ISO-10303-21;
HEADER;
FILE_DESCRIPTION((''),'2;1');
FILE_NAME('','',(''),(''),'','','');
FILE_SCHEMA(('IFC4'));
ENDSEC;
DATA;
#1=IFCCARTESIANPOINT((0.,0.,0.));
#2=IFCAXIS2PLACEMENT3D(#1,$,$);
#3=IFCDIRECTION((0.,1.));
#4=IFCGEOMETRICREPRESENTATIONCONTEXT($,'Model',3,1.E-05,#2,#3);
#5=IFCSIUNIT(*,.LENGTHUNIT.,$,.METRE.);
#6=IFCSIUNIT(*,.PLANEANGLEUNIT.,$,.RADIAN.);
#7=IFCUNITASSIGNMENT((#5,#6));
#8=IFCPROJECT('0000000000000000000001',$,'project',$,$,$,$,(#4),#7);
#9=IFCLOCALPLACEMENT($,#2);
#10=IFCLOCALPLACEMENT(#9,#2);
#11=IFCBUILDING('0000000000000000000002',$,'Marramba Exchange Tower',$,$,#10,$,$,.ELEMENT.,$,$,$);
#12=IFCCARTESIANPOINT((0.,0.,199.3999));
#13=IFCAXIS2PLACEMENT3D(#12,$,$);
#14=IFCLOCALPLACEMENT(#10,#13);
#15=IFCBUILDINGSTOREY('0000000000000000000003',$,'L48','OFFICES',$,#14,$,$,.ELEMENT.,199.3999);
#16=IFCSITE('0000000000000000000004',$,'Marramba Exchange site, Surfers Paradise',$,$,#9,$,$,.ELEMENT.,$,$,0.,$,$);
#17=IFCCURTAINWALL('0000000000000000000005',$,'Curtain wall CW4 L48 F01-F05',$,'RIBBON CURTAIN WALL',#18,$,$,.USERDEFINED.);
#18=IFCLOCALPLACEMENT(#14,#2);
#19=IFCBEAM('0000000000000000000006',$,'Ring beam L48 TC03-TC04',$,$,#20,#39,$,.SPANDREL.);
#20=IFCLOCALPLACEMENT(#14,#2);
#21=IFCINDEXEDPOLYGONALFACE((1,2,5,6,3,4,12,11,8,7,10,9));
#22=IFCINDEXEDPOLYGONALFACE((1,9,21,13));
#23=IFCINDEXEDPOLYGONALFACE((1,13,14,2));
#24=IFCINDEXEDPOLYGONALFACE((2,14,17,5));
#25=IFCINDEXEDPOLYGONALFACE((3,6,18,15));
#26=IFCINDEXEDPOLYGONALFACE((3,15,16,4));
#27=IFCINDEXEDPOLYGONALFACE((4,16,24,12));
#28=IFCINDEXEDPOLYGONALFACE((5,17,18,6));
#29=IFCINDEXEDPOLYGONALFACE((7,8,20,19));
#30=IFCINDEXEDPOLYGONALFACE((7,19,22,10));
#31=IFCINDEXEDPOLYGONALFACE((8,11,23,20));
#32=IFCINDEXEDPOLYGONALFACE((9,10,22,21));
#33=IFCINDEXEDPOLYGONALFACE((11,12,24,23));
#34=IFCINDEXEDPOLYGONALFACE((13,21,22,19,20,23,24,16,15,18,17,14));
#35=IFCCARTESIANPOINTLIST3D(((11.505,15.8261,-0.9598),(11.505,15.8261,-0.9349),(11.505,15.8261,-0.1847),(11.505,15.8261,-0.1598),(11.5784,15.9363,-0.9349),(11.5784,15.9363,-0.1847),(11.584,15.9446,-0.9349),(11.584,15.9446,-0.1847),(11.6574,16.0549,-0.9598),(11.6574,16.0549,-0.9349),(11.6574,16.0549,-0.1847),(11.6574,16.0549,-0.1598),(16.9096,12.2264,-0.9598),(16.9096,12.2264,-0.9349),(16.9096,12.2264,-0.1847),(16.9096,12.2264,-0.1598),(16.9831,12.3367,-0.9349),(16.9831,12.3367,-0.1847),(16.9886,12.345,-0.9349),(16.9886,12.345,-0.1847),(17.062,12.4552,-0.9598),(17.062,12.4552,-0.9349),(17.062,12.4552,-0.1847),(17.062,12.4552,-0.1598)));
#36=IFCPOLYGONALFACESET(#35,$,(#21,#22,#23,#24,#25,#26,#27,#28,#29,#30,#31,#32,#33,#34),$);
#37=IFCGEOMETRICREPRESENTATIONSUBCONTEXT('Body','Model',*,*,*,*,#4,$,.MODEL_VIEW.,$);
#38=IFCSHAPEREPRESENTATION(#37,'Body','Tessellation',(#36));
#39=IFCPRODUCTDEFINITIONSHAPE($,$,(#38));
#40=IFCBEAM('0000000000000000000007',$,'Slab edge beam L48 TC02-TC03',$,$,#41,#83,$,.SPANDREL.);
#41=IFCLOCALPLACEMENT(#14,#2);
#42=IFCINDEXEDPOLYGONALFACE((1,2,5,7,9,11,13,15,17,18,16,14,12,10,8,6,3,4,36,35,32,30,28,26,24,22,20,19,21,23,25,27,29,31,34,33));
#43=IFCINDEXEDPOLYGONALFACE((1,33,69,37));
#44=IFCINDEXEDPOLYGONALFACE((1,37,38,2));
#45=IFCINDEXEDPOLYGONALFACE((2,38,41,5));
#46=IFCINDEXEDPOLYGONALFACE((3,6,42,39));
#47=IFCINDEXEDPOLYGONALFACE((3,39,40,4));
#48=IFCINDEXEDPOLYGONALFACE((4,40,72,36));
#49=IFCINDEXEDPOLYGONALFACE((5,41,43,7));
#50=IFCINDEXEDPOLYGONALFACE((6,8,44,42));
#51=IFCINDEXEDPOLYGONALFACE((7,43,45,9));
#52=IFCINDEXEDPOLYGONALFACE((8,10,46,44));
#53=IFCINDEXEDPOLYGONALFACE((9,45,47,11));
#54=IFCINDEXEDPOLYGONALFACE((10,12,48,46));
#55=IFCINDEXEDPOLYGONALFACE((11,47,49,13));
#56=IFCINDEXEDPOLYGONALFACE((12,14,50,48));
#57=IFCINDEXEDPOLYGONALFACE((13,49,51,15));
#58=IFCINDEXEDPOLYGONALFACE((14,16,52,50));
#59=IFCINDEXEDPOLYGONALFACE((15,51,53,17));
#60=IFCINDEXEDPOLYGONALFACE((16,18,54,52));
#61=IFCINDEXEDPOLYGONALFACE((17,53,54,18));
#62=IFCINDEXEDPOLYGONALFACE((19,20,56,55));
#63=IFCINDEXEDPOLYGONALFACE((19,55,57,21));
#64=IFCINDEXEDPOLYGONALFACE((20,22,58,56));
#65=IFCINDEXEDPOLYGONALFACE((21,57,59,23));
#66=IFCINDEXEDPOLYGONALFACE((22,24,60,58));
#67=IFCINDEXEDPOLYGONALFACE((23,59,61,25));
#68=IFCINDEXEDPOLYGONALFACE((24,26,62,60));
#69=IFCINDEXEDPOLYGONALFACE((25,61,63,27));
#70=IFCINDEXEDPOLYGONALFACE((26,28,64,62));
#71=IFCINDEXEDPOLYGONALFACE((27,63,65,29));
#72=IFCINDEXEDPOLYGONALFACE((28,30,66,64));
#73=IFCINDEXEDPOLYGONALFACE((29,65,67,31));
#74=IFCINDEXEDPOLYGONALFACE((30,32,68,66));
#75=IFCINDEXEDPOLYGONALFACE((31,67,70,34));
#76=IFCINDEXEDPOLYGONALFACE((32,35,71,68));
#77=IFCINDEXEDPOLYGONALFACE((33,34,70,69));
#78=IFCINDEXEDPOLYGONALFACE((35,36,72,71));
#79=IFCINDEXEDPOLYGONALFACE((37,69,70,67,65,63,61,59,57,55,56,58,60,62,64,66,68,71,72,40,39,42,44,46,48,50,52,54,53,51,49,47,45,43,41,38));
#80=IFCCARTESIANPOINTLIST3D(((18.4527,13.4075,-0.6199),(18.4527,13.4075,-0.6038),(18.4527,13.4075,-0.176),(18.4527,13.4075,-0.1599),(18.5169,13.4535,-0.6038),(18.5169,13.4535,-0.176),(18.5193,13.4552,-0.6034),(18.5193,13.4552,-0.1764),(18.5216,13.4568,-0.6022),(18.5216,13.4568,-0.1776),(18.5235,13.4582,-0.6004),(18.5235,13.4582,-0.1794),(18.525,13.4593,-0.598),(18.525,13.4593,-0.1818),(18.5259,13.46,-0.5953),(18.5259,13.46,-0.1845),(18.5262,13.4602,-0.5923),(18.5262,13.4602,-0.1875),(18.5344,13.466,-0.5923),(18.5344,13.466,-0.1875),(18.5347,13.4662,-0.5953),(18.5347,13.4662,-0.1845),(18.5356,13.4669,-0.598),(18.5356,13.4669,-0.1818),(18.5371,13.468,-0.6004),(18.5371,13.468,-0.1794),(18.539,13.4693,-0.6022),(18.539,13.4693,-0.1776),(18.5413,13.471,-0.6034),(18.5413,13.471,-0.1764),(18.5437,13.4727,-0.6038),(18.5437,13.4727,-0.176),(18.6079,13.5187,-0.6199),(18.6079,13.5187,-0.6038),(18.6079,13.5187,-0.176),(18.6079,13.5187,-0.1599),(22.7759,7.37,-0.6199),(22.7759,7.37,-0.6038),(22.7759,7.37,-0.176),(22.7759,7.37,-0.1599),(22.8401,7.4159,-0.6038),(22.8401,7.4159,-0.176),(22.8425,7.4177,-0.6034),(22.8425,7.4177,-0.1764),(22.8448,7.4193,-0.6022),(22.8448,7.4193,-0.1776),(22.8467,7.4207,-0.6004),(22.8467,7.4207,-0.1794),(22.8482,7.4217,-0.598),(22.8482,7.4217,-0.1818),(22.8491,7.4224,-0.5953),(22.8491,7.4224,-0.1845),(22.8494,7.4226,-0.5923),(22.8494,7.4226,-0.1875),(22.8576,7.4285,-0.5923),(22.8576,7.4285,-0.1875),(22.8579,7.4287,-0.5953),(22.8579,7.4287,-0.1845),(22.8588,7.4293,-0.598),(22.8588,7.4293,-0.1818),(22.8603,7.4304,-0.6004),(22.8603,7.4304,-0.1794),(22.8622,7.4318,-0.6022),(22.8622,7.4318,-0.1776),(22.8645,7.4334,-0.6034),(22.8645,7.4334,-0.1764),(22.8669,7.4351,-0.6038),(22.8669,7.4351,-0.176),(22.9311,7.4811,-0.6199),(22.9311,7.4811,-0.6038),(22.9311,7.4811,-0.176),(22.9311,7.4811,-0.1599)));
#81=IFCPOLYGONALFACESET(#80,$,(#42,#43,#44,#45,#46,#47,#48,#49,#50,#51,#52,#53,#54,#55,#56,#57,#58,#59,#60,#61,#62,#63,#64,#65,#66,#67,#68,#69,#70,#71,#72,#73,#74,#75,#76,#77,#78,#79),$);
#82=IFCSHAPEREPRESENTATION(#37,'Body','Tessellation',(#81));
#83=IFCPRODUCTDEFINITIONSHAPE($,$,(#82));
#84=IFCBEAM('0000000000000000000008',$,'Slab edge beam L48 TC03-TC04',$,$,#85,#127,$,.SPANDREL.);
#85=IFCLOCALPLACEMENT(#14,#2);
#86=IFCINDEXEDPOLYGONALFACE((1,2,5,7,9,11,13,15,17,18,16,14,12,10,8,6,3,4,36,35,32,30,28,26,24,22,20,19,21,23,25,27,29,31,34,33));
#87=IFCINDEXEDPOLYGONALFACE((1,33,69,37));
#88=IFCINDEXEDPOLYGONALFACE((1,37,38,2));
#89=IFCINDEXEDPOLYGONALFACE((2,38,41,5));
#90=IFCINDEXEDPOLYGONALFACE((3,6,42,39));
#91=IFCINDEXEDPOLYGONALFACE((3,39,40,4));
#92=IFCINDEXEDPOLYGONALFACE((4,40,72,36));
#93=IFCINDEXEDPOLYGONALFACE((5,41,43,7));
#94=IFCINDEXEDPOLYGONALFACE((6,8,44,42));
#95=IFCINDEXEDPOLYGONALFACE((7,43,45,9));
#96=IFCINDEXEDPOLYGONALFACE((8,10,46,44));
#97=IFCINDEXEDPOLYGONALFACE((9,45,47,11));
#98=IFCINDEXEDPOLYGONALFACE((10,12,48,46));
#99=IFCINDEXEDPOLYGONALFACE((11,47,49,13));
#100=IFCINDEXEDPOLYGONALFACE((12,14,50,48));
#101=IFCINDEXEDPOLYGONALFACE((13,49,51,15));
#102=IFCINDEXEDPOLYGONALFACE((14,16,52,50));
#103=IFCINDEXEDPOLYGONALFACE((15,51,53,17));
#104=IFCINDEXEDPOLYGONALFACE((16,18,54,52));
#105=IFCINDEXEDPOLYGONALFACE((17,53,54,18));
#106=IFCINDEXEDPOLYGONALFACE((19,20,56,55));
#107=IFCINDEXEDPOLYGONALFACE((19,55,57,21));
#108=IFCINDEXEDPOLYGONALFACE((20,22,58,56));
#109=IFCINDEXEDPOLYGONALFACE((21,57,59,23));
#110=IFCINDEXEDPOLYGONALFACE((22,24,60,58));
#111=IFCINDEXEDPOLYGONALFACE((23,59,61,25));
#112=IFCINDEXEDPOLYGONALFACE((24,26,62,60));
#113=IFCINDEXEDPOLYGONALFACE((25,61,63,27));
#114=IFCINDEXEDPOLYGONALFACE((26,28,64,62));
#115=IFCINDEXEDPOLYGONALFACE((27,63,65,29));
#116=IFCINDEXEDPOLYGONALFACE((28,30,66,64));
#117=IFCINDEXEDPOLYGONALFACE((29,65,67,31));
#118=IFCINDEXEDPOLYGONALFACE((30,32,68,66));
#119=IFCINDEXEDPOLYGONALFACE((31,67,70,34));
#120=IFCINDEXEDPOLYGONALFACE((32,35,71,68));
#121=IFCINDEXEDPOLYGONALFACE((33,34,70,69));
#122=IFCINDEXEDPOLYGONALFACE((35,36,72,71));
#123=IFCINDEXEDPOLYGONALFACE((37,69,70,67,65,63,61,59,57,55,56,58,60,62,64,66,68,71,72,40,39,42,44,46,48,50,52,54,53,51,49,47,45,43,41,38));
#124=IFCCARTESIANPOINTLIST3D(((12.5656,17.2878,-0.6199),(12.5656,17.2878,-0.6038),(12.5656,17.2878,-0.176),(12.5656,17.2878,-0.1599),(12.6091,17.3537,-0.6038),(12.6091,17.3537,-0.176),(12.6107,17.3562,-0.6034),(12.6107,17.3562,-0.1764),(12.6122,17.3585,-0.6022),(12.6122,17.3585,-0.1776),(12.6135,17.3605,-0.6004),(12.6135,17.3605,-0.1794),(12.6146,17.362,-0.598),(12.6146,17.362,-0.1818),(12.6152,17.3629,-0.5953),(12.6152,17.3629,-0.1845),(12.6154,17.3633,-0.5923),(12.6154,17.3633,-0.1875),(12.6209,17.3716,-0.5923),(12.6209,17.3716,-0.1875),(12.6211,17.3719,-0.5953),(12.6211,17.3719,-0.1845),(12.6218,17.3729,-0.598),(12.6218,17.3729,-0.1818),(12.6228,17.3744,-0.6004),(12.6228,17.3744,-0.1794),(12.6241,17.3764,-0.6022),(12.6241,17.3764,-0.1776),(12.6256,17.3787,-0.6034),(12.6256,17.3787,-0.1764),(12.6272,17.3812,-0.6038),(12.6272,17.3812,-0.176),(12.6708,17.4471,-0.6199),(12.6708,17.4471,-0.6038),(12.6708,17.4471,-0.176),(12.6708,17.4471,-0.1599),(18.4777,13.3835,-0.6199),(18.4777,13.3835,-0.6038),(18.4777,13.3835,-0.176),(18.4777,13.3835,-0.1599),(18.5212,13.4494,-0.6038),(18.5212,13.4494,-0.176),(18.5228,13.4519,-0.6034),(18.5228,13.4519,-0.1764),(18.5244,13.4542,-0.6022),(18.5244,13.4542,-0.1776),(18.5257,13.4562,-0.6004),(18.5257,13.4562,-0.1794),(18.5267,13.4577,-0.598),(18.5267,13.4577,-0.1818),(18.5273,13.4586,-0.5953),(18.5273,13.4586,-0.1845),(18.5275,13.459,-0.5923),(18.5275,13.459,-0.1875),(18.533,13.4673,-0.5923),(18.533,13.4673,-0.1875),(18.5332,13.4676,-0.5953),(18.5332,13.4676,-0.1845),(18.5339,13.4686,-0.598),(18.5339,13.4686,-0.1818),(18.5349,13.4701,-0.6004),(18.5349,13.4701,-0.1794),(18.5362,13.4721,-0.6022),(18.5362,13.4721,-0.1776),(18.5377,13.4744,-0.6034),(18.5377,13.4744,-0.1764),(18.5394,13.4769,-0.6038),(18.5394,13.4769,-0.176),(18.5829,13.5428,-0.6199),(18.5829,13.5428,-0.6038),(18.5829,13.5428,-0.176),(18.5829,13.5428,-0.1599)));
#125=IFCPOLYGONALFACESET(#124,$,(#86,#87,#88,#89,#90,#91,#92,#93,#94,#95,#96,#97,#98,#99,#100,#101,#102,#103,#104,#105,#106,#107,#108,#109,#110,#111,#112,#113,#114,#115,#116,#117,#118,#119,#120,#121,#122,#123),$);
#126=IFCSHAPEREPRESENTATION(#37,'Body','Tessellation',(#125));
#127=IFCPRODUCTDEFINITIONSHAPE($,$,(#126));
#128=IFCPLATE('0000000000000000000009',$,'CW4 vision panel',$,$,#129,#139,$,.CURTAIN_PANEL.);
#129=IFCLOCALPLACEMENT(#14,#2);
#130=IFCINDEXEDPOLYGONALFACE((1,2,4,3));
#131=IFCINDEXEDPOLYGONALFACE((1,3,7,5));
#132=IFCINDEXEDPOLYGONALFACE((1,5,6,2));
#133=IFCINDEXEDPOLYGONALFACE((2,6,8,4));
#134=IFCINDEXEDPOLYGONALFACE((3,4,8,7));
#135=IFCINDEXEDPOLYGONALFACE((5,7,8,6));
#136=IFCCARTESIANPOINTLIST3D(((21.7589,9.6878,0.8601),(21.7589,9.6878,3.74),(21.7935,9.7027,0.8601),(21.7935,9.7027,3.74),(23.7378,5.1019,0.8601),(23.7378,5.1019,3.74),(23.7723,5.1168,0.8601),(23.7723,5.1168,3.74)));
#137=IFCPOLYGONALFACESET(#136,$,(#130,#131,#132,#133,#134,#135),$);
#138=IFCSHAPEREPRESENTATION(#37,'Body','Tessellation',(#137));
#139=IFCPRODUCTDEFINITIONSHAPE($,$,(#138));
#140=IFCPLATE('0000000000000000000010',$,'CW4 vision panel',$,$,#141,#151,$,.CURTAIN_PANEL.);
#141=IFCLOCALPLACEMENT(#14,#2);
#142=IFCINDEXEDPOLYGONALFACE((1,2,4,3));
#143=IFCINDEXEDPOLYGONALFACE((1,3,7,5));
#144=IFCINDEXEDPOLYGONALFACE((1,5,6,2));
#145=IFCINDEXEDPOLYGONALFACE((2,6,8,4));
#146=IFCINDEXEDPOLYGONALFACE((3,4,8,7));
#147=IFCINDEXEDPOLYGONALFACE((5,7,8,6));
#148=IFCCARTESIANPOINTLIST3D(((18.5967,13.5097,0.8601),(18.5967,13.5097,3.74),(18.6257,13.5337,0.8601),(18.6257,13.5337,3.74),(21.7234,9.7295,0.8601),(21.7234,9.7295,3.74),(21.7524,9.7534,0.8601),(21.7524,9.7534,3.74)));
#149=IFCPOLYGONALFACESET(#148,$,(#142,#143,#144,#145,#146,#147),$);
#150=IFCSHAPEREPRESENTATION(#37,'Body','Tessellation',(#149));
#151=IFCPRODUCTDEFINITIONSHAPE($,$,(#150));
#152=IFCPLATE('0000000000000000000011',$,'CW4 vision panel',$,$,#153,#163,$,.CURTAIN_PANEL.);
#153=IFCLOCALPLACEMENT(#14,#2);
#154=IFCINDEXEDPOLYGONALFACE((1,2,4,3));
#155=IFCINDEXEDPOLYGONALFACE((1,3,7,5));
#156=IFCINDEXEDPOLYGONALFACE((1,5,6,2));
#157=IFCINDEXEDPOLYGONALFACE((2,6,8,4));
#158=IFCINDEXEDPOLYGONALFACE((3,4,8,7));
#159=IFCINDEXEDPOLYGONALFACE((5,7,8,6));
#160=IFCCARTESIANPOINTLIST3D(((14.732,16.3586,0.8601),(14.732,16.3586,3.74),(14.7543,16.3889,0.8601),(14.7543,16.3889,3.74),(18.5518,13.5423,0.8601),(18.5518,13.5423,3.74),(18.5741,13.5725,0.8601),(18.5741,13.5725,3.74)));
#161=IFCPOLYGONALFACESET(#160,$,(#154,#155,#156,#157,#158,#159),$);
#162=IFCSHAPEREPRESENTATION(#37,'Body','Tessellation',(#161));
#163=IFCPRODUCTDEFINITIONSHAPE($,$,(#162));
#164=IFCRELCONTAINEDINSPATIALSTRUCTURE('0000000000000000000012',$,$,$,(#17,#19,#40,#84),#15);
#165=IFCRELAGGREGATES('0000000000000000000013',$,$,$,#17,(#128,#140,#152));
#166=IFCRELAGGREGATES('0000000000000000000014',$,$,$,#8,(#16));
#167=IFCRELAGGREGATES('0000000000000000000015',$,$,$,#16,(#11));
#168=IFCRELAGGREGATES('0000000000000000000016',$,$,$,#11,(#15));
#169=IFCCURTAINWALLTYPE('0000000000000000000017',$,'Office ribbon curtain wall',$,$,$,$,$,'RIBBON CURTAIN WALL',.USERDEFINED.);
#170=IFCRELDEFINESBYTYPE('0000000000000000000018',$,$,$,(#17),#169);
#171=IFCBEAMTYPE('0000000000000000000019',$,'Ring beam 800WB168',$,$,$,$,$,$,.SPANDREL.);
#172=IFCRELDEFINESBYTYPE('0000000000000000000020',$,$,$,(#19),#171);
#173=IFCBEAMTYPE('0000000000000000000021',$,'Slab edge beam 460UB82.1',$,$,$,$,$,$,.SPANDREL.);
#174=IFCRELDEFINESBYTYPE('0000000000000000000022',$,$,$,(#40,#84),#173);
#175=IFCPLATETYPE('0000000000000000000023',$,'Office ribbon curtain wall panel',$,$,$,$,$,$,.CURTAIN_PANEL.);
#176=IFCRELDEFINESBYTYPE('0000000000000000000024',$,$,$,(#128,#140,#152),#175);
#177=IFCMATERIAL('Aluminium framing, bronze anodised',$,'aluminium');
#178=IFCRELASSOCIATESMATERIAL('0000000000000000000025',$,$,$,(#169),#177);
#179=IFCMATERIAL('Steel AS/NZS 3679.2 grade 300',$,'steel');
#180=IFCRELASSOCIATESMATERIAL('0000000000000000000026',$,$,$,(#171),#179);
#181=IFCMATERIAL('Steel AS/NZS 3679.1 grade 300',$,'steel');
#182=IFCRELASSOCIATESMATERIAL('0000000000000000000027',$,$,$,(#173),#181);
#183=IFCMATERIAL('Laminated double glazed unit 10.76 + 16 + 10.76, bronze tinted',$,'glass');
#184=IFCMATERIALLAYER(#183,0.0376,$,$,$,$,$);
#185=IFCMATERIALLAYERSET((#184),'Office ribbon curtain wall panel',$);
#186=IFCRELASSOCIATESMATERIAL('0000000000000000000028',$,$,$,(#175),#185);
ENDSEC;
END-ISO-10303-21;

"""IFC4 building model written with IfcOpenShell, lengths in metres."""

from ifc_helpers import new_model, si_unit, direction, frame, origin, origin_2d, place, context, subcontext, project, spatial, rectangle, i_section, extrude, material, layer, layer_set, material_profile, profile_set, type_object, element, aggregate, save


model = new_model("IFC4")

# Units and contexts
model_context = context("Model", 3, precision=1e-05, world=origin(), true_north=direction((0.0, 1.0)))
body_context = subcontext(model_context, "Body", "Model", "MODEL_VIEW")
ifc_project = project(units=[si_unit("LENGTHUNIT", "METRE"), si_unit("PLANEANGLEUNIT", "RADIAN")], contexts=[model_context])

# Site, building, storey
site_placement = place(None, origin())
site = spatial("IfcSite", under=ifc_project, at=site_placement, Name="Marramba Exchange site, Surfers Paradise", CompositionType="ELEMENT", RefElevation=0.0)
building_placement = place(site_placement, origin())
building = spatial("IfcBuilding", under=site, at=building_placement, Name="Marramba Exchange Tower", CompositionType="ELEMENT")
storey_placement = place(building_placement, frame((0.0, 0.0, 199.3999)))
storey = spatial("IfcBuildingStorey", under=building, at=storey_placement, Name="L48", Description="OFFICES", CompositionType="ELEMENT", Elevation=199.3999)

# Shared definitions
ifc_material_1 = material(Name="Steel AS/NZS 3679.2 grade 300", Category="steel")
ifc_material_2 = material(Name="Steel AS/NZS 3679.1 grade 300", Category="steel")

# Curtain wall
ifc_material_3 = material(Name="Aluminium framing, bronze anodised", Category="aluminium")
curtain_wall_type = type_object("IfcCurtainWallType", Name="Office ribbon curtain wall", ElementType="RIBBON CURTAIN WALL", PredefinedType="USERDEFINED", material=ifc_material_3)
curtain_wall_placement = place(storey_placement, origin())
curtain_wall = element("IfcCurtainWall", 1, at=curtain_wall_placement, inside=storey, type_object=curtain_wall_type, Name="Curtain wall CW4 L48 F01-F05", ObjectType="RIBBON CURTAIN WALL", PredefinedType="USERDEFINED")

# Beams
ifc_material_profile_1 = material_profile(ifc_material_1, i_section(OverallWidth=0.2749, OverallDepth=0.8, WebThickness=0.01, FlangeThickness=0.0249, at=origin_2d()), Name="800WB168")
ifc_profile_set_1 = profile_set([ifc_material_profile_1], Name="Steel AS/NZS 3679.2 grade 300")
beam_type_1 = type_object("IfcBeamType", Name="Ring beam 800WB168", PredefinedType="SPANDREL", material=ifc_profile_set_1)
beam_1_placement = place(storey_placement, frame((16.9858, 12.3408, -0.5598), z_axis=(-0.832293, 0.554336, 0.0), x_axis=(-0.554336, -0.832293, 0.0)))
element("IfcBeam", 2, at=beam_1_placement, inside=storey, type_object=beam_type_1, Name="Ring beam L48 TC03-TC04", PredefinedType="SPANDREL", context=body_context, shape_type="SweptSolid", body=[
    extrude(i_section(OverallWidth=0.2749, OverallDepth=0.8, WebThickness=0.01, FlangeThickness=0.0249, at=origin_2d()), origin(), (0.0, 0.0, 1.0), 6.4937),
])
ifc_material_profile_2 = material_profile(ifc_material_2, i_section(OverallWidth=0.1909, OverallDepth=0.46, WebThickness=0.01, FlangeThickness=0.0161, FilletRadius=0.0115, at=origin_2d()), Name="460UB82.1")
ifc_profile_set_2 = profile_set([ifc_material_profile_2], Name="Steel AS/NZS 3679.1 grade 300")
beam_type_2 = type_object("IfcBeamType", Name="Slab edge beam 460UB82.1", PredefinedType="SPANDREL", material=ifc_profile_set_2)
beam_2_placement = place(storey_placement, frame((22.8535, 7.4255, -0.3899), z_axis=(-0.582189, 0.813053, 0.0), x_axis=(-0.813053, -0.582189, 0.0)))
element("IfcBeam", 3, at=beam_2_placement, inside=storey, type_object=beam_type_2, Name="Slab edge beam L48 TC02-TC03", PredefinedType="SPANDREL", context=body_context, shape_type="SweptSolid", body=[
    extrude(i_section(OverallWidth=0.1909, OverallDepth=0.46, WebThickness=0.01, FlangeThickness=0.0161, FilletRadius=0.0115, at=origin_2d()), origin(), (0.0, 0.0, 1.0), 7.4258),
])
beam_3_placement = place(storey_placement, frame((18.5303, 13.4631, -0.3899), z_axis=(-0.83446, 0.551069, 0.0), x_axis=(-0.551069, -0.83446, 0.0)))
element("IfcBeam", 4, at=beam_3_placement, inside=storey, type_object=beam_type_2, Name="Slab edge beam L48 TC03-TC04", PredefinedType="SPANDREL", context=body_context, shape_type="SweptSolid", body=[
    extrude(i_section(OverallWidth=0.1909, OverallDepth=0.46, WebThickness=0.01, FlangeThickness=0.0161, FilletRadius=0.0115, at=origin_2d()), origin(), (0.0, 0.0, 1.0), 7.085),
])

# Plates
ifc_material_4 = material(Name="Laminated double glazed unit 10.76 + 16 + 10.76, bronze tinted", Category="glass")
ifc_layer_1 = layer(ifc_material_4, 0.0376)
ifc_layer_set_1 = layer_set([ifc_layer_1], Name="Office ribbon curtain wall panel")
plate_type = type_object("IfcPlateType", Name="Office ribbon curtain wall panel", PredefinedType="CURTAIN_PANEL", material=ifc_layer_set_1)
plate_1_placement = place(storey_placement, frame((22.7656, 7.4023, 0.8601), z_axis=(0.0, 0.0, 1.0), x_axis=(-0.396193, 0.918167, 0.0)))
plate_1 = element("IfcPlate", 5, at=plate_1_placement, type_object=plate_type, Name="CW4 vision panel", PredefinedType="CURTAIN_PANEL", context=body_context, shape_type="SweptSolid", body=[
    extrude(rectangle(XDim=4.9946, YDim=0.0376, at=origin_2d()), origin(), (0.0, 0.0, 1.0), 2.8799),
])
plate_2_placement = place(storey_placement, frame((20.1746, 11.6316, 0.8601), z_axis=(0.0, 0.0, 1.0), x_axis=(-0.63735, 0.770574, 0.0)))
plate_2 = element("IfcPlate", 6, at=plate_2_placement, type_object=plate_type, Name="CW4 vision panel", PredefinedType="CURTAIN_PANEL", context=body_context, shape_type="SweptSolid", body=[
    extrude(rectangle(XDim=4.9058, YDim=0.0376, at=origin_2d()), origin(), (0.0, 0.0, 1.0), 2.8799),
])
plate_3_placement = place(storey_placement, frame((16.6531, 14.9656, 0.8601), z_axis=(0.0, 0.0, 1.0), x_axis=(-0.804877, 0.593441, 0.0)))
plate_3 = element("IfcPlate", 7, at=plate_3_placement, type_object=plate_type, Name="CW4 vision panel", PredefinedType="CURTAIN_PANEL", context=body_context, shape_type="SweptSolid", body=[
    extrude(rectangle(XDim=4.7458, YDim=0.0376, at=origin_2d()), origin(), (0.0, 0.0, 1.0), 2.8799),
])
aggregate(curtain_wall, [plate_1, plate_2, plate_3])

save(model, "model.ifc")
